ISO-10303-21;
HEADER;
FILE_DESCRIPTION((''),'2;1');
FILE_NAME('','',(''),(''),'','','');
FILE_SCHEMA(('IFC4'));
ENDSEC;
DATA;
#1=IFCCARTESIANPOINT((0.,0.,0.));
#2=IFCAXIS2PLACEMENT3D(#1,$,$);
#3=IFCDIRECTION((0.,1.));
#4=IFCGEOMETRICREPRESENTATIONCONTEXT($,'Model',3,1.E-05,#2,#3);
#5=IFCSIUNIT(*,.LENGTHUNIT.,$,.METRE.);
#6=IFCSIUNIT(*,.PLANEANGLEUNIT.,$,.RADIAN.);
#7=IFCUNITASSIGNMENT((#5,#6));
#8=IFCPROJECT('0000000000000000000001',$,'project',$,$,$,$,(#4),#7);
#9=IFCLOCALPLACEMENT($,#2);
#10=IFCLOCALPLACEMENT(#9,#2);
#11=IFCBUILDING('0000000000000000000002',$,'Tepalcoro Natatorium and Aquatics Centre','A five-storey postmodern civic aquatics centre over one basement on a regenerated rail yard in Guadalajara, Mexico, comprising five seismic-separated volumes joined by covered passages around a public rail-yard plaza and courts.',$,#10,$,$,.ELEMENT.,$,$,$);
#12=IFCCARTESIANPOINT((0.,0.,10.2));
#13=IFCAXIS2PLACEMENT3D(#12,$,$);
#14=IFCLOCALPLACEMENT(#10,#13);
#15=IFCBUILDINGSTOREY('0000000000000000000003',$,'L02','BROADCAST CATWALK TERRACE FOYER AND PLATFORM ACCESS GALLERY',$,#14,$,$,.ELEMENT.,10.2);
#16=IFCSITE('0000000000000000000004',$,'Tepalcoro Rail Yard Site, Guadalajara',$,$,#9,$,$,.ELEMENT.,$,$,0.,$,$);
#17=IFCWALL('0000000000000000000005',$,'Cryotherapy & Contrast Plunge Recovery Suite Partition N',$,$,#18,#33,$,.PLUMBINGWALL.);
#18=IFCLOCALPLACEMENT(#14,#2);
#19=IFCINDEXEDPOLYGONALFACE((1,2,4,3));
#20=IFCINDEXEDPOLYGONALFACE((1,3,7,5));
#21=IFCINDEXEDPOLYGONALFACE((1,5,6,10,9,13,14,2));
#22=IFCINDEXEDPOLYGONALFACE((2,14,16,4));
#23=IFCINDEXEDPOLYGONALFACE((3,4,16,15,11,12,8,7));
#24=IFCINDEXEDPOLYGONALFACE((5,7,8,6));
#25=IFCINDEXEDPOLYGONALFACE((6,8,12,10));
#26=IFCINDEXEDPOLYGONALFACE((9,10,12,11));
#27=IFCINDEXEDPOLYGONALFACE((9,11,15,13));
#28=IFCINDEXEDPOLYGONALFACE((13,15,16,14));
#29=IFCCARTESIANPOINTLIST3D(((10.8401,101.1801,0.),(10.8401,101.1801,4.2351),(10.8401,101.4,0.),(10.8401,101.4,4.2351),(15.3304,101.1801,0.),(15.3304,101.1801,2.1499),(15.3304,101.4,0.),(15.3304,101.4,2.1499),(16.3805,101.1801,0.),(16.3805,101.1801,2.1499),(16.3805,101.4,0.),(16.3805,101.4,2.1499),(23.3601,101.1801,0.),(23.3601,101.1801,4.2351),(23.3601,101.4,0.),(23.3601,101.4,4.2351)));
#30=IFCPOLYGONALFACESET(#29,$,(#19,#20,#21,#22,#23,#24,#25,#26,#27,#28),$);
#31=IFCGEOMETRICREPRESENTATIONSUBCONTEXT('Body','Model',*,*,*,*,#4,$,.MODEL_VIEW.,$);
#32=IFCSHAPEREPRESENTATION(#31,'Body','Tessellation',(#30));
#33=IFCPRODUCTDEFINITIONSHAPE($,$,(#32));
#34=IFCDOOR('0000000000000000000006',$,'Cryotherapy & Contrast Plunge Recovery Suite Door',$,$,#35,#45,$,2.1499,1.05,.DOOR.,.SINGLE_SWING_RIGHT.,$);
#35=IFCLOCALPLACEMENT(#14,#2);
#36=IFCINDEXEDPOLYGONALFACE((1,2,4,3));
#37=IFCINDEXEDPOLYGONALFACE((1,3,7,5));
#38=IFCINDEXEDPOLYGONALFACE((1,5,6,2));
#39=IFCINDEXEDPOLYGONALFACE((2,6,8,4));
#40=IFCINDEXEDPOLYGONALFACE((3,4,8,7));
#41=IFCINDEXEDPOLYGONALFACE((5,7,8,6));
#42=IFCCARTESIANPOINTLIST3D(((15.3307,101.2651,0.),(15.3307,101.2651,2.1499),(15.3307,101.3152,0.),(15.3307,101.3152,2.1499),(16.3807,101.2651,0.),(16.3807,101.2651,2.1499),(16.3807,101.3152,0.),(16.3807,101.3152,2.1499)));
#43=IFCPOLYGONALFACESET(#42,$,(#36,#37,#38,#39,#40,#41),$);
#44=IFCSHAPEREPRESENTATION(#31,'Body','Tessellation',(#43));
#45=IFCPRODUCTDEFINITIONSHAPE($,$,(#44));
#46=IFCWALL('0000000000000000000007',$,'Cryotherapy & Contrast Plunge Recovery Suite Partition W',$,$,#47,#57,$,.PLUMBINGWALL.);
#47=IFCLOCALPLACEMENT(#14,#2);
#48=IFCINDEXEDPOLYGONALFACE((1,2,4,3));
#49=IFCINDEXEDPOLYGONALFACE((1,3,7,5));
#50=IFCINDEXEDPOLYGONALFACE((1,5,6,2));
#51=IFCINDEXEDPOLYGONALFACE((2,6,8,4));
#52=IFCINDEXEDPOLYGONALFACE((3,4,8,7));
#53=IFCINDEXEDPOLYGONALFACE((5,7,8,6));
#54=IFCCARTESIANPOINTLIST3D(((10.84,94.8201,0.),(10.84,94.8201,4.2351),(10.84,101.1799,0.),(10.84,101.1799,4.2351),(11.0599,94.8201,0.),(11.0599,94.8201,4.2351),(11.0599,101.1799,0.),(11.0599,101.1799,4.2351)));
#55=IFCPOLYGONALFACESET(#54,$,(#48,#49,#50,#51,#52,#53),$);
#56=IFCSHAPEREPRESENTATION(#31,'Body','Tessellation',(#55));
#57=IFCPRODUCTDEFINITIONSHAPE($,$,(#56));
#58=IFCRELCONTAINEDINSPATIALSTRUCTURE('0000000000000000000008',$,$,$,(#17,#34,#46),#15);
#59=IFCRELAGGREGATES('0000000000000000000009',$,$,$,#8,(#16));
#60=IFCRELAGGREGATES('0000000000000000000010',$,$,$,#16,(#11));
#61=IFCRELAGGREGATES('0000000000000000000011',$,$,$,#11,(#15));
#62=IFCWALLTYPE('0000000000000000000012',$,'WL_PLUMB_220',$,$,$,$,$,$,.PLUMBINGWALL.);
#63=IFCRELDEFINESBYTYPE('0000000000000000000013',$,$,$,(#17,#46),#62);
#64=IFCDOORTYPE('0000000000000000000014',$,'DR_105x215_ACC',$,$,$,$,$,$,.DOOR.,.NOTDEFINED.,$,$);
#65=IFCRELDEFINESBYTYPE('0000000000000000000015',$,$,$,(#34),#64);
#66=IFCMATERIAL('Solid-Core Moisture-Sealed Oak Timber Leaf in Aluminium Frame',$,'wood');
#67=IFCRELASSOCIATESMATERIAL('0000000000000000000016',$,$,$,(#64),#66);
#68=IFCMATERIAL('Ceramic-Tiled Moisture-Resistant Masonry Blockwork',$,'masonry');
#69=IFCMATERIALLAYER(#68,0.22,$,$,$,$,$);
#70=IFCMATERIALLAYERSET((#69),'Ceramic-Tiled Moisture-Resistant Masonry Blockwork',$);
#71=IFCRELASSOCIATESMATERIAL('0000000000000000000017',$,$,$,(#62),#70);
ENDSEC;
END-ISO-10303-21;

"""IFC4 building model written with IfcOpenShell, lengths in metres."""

from ifc_helpers import new_model, si_unit, direction, frame, frame_2d, origin, place, context, subcontext, project, spatial, rectangle, extrude, material, layer, layer_set, type_object, element, fill, save


model = new_model("IFC4")

# Units and contexts
model_context = context("Model", 3, precision=1e-05, world=origin(), true_north=direction((0.0, 1.0)))
body_context = subcontext(model_context, "Body", "Model", "MODEL_VIEW")
ifc_project = project(units=[si_unit("LENGTHUNIT", "METRE"), si_unit("PLANEANGLEUNIT", "RADIAN")], contexts=[model_context])

# Site, building, storey
site_placement = place(None, origin())
site = spatial("IfcSite", under=ifc_project, at=site_placement, Name="Tepalcoro Rail Yard Site, Guadalajara", CompositionType="ELEMENT", RefElevation=0.0)
building_placement = place(site_placement, origin())
building = spatial("IfcBuilding", under=site, at=building_placement, Name="Tepalcoro Natatorium and Aquatics Centre", Description="A five-storey postmodern civic aquatics centre over one basement on a regenerated rail yard in Guadalajara, Mexico, comprising five seismic-separated volumes joined by covered passages around a public rail-yard plaza and courts.", CompositionType="ELEMENT")
storey_placement = place(building_placement, frame((0.0, 0.0, 10.2)))
storey = spatial("IfcBuildingStorey", under=building, at=storey_placement, Name="L02", Description="BROADCAST CATWALK TERRACE FOYER AND PLATFORM ACCESS GALLERY", CompositionType="ELEMENT", Elevation=10.2)

# Shared definitions
ifc_material_1 = material(Name="Solid-Core Moisture-Sealed Oak Timber Leaf in Aluminium Frame", Category="wood")
door_type_1 = type_object("IfcDoorType", Name="DR_105x215_ACC", OperationType="NOTDEFINED", PredefinedType="DOOR", material=ifc_material_1)

# Wall, opening, door
ifc_material_2 = material(Name="Ceramic-Tiled Moisture-Resistant Masonry Blockwork", Category="masonry")
ifc_layer_1 = layer(ifc_material_2, 0.22)
ifc_layer_set_1 = layer_set([ifc_layer_1], Name="Ceramic-Tiled Moisture-Resistant Masonry Blockwork")
wall_type_1 = type_object("IfcWallType", Name="WL_PLUMB_220", PredefinedType="PLUMBINGWALL", material=ifc_layer_set_1)
wall_1_placement = place(storey_placement, frame((10.8401, 101.29, 0.0), z_axis=(0.0, 0.0, 1.0), x_axis=(1.0, 0.0, 0.0)))
wall_1 = element("IfcWall", 1, at=wall_1_placement, inside=storey, type_object=wall_type_1, Name="Cryotherapy & Contrast Plunge Recovery Suite Partition N", PredefinedType="PLUMBINGWALL", context=body_context, shape_type="SweptSolid", body=[
    extrude(rectangle(XDim=12.52, YDim=0.22, at=frame_2d((6.26, 0.0))), origin(), (0.0, 0.0, 1.0), 4.2351),
])
opening_1_placement = place(wall_1_placement, frame((4.4905, 0.0, 0.0)))
opening_1 = element("IfcOpeningElement", 2, at=opening_1_placement, cuts=wall_1, PredefinedType="OPENING", context=body_context, shape_type="SweptSolid", body=[
    extrude(rectangle(XDim=1.05, YDim=2.1499, at=frame_2d((0.5249, 1.075))), frame((0.0, 0.1221, 0.0), z_axis=(0.0, -1.0, 0.0), x_axis=(1.0, 0.0, 0.0)), (0.0, 0.0, 1.0), 0.2439),
])
door_1_placement = place(opening_1_placement, frame((1.05, 0.0, 0.0), z_axis=(0.0, 0.0, 1.0), x_axis=(-1.0, 0.0, 0.0)))
door_1 = element("IfcDoor", 3, at=door_1_placement, inside=storey, type_object=door_type_1, Name="Cryotherapy & Contrast Plunge Recovery Suite Door", OperationType="SINGLE_SWING_RIGHT", OverallHeight=2.1499, OverallWidth=1.05, PredefinedType="DOOR", context=body_context, shape_type="SweptSolid", body=[
    extrude(rectangle(XDim=1.05, YDim=2.1499, at=frame_2d((0.5249, 1.075))), frame((0.0, 0.0249, 0.0), z_axis=(0.0, -1.0, 0.0), x_axis=(1.0, 0.0, 0.0)), (0.0, 0.0, 1.0), 0.05),
])
fill(opening_1, door_1)

# Wall
wall_2_placement = place(storey_placement, frame((10.95, 94.8201, 0.0), z_axis=(0.0, 0.0, 1.0), x_axis=(0.0, 1.0, 0.0)))
element("IfcWall", 4, at=wall_2_placement, inside=storey, type_object=wall_type_1, Name="Cryotherapy & Contrast Plunge Recovery Suite Partition W", PredefinedType="PLUMBINGWALL", context=body_context, shape_type="SweptSolid", body=[
    extrude(rectangle(XDim=6.3599, YDim=0.22, at=frame_2d((3.1799, 0.0))), origin(), (0.0, 0.0, 1.0), 4.2351),
])

save(model, "model.ifc")
